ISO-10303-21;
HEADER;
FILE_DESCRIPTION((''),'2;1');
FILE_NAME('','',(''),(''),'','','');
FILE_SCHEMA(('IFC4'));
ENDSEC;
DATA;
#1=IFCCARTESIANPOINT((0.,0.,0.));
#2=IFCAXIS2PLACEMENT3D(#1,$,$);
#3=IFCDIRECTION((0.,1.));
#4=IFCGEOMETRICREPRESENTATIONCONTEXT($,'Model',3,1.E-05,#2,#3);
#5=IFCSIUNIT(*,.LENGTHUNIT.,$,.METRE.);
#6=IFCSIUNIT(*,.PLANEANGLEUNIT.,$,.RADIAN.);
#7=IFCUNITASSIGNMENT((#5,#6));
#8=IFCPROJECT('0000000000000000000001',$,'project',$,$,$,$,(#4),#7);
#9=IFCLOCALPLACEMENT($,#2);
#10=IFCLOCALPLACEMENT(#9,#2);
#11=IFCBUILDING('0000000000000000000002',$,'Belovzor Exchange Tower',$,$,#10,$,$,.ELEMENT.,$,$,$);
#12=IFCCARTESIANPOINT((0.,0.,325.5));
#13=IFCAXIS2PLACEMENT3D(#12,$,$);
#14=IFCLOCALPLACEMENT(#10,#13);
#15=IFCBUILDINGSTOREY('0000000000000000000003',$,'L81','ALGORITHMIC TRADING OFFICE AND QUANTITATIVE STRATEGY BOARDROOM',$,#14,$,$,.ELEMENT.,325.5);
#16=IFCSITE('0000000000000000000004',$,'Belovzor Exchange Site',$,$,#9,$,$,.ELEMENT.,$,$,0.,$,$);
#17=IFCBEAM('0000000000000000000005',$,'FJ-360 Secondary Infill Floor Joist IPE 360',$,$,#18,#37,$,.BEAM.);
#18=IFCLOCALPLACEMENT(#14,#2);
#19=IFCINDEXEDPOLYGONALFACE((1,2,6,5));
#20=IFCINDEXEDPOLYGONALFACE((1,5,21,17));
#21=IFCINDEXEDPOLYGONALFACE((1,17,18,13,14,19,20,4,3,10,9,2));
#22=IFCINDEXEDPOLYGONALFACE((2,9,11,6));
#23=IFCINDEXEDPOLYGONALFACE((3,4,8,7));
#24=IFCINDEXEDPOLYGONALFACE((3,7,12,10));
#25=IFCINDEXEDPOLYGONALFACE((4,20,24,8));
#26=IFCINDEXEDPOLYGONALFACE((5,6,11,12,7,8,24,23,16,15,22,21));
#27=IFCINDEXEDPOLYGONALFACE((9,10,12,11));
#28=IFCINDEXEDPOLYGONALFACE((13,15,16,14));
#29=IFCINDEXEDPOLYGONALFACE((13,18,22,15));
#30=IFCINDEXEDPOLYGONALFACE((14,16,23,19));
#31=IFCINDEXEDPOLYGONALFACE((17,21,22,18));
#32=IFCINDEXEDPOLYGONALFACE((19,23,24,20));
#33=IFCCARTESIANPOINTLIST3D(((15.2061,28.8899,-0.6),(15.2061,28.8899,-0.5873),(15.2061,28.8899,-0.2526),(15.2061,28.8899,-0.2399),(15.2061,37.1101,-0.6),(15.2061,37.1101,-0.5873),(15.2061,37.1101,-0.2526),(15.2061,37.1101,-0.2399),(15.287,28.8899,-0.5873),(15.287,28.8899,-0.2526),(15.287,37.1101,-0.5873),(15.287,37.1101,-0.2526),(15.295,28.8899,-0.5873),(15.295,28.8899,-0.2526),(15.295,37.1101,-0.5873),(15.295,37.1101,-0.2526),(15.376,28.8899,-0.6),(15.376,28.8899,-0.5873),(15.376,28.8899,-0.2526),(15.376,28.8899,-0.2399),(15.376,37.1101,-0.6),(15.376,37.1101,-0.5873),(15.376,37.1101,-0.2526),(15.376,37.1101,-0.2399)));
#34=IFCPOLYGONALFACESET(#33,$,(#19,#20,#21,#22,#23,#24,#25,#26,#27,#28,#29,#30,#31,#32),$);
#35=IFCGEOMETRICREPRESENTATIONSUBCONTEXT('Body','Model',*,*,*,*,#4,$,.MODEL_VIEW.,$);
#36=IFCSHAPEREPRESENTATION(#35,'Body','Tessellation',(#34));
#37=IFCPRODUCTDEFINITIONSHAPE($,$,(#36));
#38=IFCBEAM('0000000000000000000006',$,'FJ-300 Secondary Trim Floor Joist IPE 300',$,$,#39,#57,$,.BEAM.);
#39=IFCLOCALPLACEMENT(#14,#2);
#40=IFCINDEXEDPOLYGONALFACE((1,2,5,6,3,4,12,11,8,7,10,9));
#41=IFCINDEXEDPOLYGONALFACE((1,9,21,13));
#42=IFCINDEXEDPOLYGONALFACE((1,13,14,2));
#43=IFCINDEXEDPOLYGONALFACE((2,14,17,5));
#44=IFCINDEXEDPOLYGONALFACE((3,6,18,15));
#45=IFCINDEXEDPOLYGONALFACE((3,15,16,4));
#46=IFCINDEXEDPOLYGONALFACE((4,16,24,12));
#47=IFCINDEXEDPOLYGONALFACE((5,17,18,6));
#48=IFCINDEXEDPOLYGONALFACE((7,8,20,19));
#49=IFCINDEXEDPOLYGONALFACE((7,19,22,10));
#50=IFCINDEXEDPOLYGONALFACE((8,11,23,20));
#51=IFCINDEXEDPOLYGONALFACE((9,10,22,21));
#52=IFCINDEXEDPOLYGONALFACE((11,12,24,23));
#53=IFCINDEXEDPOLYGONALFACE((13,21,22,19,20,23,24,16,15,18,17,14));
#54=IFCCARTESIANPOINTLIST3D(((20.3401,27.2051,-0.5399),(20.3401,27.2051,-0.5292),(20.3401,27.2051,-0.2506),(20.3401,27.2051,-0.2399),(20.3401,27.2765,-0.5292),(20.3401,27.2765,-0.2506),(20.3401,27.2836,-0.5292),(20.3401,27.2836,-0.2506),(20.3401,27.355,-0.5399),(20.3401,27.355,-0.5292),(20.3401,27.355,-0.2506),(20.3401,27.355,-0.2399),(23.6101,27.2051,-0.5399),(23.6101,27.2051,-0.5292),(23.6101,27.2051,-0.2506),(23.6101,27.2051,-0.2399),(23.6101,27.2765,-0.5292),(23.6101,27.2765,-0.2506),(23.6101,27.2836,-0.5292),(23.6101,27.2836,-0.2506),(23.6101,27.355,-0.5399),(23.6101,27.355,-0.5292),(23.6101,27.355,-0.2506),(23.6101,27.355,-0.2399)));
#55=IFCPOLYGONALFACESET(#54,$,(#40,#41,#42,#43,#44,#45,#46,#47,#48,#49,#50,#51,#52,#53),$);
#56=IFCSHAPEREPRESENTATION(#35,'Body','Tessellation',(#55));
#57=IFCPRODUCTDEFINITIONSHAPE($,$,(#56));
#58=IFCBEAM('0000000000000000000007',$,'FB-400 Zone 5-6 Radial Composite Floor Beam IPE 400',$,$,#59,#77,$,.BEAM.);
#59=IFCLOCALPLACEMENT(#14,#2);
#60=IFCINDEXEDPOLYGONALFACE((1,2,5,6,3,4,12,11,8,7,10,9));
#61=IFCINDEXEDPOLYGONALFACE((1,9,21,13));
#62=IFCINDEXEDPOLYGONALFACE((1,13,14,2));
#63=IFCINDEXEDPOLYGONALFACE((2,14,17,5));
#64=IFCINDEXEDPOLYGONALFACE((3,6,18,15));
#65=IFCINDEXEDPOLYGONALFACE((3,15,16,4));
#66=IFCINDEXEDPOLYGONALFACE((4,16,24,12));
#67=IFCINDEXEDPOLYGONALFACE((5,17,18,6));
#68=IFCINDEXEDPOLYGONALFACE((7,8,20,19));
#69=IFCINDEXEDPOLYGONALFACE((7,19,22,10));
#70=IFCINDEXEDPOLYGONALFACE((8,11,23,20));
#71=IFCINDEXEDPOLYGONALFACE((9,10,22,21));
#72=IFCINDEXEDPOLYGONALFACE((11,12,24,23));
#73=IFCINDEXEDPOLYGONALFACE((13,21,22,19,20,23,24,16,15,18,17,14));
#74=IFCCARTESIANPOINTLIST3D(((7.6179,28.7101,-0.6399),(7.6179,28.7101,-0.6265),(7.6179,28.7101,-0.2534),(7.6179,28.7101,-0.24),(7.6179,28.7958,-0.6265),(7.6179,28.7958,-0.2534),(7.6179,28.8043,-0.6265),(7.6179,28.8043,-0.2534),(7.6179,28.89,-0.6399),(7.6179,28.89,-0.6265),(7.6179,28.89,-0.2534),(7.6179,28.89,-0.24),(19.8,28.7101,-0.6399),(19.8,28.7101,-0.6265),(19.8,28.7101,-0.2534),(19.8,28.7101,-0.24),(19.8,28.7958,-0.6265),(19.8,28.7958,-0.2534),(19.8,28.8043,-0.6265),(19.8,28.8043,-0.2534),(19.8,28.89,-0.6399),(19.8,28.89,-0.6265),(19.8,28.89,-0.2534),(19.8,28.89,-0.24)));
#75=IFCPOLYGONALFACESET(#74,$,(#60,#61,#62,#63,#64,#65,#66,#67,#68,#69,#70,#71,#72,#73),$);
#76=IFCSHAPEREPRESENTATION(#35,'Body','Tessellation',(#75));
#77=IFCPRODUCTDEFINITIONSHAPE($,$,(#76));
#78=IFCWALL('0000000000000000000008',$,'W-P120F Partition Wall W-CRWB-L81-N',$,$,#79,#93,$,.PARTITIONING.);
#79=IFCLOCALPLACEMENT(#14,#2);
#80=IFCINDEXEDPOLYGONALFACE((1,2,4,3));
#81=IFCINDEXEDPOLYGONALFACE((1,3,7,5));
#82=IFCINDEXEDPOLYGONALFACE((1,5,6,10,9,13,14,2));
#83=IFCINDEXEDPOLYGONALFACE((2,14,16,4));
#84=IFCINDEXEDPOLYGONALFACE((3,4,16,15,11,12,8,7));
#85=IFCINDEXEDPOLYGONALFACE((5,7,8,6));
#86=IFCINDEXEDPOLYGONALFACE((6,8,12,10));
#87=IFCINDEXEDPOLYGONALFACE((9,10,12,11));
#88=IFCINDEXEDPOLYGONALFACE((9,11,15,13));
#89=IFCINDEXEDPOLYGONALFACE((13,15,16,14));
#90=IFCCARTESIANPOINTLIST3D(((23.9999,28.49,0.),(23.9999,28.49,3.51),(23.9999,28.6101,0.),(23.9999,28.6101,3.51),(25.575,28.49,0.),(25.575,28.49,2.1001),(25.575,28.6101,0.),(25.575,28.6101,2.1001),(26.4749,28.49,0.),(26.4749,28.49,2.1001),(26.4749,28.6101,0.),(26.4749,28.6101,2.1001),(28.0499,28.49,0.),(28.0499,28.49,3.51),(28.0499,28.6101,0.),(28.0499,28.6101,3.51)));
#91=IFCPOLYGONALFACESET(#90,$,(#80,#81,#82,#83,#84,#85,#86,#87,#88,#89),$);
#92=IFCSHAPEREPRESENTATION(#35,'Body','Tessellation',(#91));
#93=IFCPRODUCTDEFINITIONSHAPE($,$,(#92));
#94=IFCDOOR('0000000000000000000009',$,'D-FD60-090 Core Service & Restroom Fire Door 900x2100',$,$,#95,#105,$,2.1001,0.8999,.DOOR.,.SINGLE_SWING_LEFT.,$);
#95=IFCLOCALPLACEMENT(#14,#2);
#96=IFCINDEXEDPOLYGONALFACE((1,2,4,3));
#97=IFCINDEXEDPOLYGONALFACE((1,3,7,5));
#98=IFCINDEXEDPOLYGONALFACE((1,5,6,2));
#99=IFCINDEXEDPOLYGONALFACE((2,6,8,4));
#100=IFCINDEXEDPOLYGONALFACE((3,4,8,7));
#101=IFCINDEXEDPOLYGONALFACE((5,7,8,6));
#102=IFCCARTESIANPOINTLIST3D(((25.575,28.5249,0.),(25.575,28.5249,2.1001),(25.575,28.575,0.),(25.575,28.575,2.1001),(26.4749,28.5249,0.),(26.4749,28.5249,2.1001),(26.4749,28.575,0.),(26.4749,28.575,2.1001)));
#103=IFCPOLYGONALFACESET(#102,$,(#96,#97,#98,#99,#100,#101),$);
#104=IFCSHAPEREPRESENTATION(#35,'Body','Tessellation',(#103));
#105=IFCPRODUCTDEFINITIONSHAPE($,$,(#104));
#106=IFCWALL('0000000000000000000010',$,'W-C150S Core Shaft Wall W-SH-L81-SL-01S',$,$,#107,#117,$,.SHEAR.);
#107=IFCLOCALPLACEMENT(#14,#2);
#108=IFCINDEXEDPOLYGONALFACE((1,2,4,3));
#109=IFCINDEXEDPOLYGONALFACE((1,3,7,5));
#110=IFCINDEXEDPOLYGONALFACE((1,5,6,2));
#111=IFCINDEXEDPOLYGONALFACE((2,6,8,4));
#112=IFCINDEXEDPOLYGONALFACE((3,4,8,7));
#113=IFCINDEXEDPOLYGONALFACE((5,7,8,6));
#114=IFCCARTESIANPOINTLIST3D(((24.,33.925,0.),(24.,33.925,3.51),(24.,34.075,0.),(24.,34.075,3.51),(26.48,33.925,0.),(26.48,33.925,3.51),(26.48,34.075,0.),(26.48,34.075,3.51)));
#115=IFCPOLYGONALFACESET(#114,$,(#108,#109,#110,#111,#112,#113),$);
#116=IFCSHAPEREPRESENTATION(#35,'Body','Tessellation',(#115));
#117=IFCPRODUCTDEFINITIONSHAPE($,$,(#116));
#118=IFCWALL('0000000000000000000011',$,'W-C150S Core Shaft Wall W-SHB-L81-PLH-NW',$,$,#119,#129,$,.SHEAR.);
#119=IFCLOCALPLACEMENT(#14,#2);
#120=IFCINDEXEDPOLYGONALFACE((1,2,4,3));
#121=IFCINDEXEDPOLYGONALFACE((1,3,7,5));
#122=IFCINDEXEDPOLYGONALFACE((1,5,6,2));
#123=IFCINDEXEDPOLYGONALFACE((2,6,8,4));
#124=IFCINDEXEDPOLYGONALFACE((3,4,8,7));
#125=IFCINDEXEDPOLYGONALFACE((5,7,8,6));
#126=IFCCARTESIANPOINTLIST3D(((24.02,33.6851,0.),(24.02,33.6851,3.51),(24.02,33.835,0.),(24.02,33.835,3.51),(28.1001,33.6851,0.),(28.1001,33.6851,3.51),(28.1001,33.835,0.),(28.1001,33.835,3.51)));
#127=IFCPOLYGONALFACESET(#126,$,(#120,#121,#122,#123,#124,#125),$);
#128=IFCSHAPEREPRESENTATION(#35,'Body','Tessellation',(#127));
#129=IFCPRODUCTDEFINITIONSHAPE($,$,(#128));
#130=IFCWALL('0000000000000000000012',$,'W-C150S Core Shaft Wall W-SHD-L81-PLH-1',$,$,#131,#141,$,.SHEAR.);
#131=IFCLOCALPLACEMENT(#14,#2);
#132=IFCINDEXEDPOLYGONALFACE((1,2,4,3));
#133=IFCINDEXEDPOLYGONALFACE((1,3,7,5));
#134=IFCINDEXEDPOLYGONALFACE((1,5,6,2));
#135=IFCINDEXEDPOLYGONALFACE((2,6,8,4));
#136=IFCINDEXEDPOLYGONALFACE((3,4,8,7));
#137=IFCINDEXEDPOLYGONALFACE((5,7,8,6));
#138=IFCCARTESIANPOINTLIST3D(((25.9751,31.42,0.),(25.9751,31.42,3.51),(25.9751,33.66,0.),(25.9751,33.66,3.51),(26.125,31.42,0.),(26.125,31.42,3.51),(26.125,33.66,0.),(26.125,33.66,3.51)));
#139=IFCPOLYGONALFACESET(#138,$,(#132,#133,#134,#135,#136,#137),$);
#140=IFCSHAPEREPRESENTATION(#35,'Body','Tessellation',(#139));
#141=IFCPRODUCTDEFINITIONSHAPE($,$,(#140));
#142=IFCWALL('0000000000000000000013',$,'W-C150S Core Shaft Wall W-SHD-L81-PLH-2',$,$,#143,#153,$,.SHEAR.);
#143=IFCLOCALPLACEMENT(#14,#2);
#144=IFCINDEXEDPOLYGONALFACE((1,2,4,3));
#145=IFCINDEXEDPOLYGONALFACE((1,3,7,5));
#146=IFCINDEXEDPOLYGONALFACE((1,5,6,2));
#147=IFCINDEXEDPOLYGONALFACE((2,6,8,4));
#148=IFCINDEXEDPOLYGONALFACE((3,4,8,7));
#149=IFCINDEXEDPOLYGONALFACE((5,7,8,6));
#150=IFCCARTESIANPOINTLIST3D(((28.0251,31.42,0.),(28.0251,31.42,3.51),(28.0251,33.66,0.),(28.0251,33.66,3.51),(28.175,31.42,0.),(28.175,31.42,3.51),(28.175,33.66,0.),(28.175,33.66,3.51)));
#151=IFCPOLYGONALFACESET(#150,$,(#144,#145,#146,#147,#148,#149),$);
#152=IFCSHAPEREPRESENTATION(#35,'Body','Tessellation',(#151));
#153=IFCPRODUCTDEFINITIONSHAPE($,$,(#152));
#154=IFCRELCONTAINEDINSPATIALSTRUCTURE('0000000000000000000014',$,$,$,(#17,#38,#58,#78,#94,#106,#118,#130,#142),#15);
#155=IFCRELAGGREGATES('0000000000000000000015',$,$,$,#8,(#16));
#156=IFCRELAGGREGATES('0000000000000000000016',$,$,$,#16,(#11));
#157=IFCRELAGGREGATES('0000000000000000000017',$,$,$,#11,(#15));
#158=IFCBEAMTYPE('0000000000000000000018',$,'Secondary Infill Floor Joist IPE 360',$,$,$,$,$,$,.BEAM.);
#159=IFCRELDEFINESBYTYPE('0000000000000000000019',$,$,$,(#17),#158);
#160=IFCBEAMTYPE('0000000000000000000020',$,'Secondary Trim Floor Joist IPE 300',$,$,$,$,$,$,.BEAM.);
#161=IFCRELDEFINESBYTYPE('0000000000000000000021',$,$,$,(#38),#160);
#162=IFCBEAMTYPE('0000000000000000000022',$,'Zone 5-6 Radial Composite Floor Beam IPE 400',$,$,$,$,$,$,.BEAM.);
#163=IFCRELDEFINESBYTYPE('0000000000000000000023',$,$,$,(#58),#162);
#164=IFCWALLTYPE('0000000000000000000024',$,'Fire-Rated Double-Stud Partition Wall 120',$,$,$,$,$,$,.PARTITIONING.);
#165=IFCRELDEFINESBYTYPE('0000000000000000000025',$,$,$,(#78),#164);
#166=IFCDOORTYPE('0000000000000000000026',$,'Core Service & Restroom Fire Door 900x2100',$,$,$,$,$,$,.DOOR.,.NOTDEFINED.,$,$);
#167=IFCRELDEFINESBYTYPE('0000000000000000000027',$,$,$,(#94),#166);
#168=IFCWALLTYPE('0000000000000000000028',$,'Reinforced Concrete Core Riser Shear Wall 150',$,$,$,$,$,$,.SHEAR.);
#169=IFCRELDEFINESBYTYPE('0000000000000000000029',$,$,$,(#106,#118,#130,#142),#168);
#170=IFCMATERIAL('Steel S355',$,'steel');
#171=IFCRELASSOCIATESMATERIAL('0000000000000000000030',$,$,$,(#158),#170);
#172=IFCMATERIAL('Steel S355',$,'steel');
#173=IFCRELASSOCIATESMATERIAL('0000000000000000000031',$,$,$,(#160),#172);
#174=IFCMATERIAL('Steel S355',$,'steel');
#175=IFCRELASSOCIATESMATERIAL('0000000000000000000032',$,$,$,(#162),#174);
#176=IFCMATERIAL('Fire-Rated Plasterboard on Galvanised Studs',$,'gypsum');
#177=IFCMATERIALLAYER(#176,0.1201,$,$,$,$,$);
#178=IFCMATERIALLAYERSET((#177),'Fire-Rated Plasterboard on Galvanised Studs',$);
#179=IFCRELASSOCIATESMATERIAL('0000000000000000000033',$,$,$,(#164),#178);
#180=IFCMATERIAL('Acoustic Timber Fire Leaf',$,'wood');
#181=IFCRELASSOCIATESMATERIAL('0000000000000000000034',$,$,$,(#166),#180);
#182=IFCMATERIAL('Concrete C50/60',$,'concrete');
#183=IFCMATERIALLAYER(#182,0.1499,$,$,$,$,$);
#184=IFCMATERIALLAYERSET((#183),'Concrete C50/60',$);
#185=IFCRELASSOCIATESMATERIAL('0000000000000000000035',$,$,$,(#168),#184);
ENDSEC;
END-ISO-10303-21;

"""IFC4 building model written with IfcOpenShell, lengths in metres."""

from ifc_helpers import new_model, si_unit, direction, frame, frame_2d, origin, origin_2d, place, context, subcontext, project, spatial, rectangle, i_section, extrude, material, layer, layer_set, material_profile, profile_set, type_object, element, fill, save


model = new_model("IFC4")

# Units and contexts
model_context = context("Model", 3, precision=1e-05, world=origin(), true_north=direction((0.0, 1.0)))
body_context = subcontext(model_context, "Body", "Model", "MODEL_VIEW")
ifc_project = project(units=[si_unit("LENGTHUNIT", "METRE"), si_unit("PLANEANGLEUNIT", "RADIAN")], contexts=[model_context])

# Site, building, storey
site_placement = place(None, origin())
site = spatial("IfcSite", under=ifc_project, at=site_placement, Name="Belovzor Exchange Site", CompositionType="ELEMENT", RefElevation=0.0)
building_placement = place(site_placement, origin())
building = spatial("IfcBuilding", under=site, at=building_placement, Name="Belovzor Exchange Tower", CompositionType="ELEMENT")
storey_placement = place(building_placement, frame((0.0, 0.0, 325.5)))
storey = spatial("IfcBuildingStorey", under=building, at=storey_placement, Name="L81", Description="ALGORITHMIC TRADING OFFICE AND QUANTITATIVE STRATEGY BOARDROOM", CompositionType="ELEMENT", Elevation=325.5)

# Beams
ifc_material_1 = material(Name="Steel S355", Category="steel")
ifc_material_profile_1 = material_profile(ifc_material_1, i_section(OverallWidth=0.1699, OverallDepth=0.3601, WebThickness=0.0081, FlangeThickness=0.0127, at=origin_2d()))
ifc_profile_set_1 = profile_set([ifc_material_profile_1], Name="Steel S355")
beam_type_1 = type_object("IfcBeamType", Name="Secondary Infill Floor Joist IPE 360", PredefinedType="BEAM", material=ifc_profile_set_1)
beam_1_placement = place(storey_placement, frame((15.291, 28.8899, -0.4199), z_axis=(0.0, 1.0, 0.0), x_axis=(-1.0, 0.0, 0.0)))
element("IfcBeam", 1, at=beam_1_placement, inside=storey, type_object=beam_type_1, Name="FJ-360 Secondary Infill Floor Joist IPE 360", PredefinedType="BEAM", context=body_context, shape_type="SweptSolid", body=[
    extrude(i_section(OverallWidth=0.1699, OverallDepth=0.3601, WebThickness=0.0081, FlangeThickness=0.0127, at=origin_2d()), origin(), (0.0, 0.0, 1.0), 8.2202),
])
ifc_material_2 = material(Name="Steel S355", Category="steel")
ifc_material_profile_2 = material_profile(ifc_material_2, i_section(OverallWidth=0.1499, OverallDepth=0.3, WebThickness=0.0071, FlangeThickness=0.0107, at=origin_2d()))
ifc_profile_set_2 = profile_set([ifc_material_profile_2], Name="Steel S355")
beam_type_2 = type_object("IfcBeamType", Name="Secondary Trim Floor Joist IPE 300", PredefinedType="BEAM", material=ifc_profile_set_2)
beam_2_placement = place(storey_placement, frame((20.3401, 27.28, -0.3899), z_axis=(1.0, 0.0, 0.0), x_axis=(0.0, 1.0, 0.0)))
element("IfcBeam", 2, at=beam_2_placement, inside=storey, type_object=beam_type_2, Name="FJ-300 Secondary Trim Floor Joist IPE 300", PredefinedType="BEAM", context=body_context, shape_type="SweptSolid", body=[
    extrude(i_section(OverallWidth=0.1499, OverallDepth=0.3, WebThickness=0.0071, FlangeThickness=0.0107, at=origin_2d()), origin(), (0.0, 0.0, 1.0), 3.27),
])
ifc_material_3 = material(Name="Steel S355", Category="steel")
ifc_material_profile_3 = material_profile(ifc_material_3, i_section(OverallWidth=0.1799, OverallDepth=0.3999, WebThickness=0.0085, FlangeThickness=0.0134, at=origin_2d()))
ifc_profile_set_3 = profile_set([ifc_material_profile_3], Name="Steel S355")
beam_type_3 = type_object("IfcBeamType", Name="Zone 5-6 Radial Composite Floor Beam IPE 400", PredefinedType="BEAM", material=ifc_profile_set_3)
beam_3_placement = place(storey_placement, frame((19.8, 28.8, -0.4399), z_axis=(-1.0, 0.0, 0.0), x_axis=(0.0, -1.0, 0.0)))
element("IfcBeam", 3, at=beam_3_placement, inside=storey, type_object=beam_type_3, Name="FB-400 Zone 5-6 Radial Composite Floor Beam IPE 400", PredefinedType="BEAM", context=body_context, shape_type="SweptSolid", body=[
    extrude(i_section(OverallWidth=0.1799, OverallDepth=0.3999, WebThickness=0.0085, FlangeThickness=0.0134, at=origin_2d()), origin(), (0.0, 0.0, 1.0), 12.1821),
])

# Wall, opening, door
ifc_material_4 = material(Name="Fire-Rated Plasterboard on Galvanised Studs", Category="gypsum")
ifc_layer_1 = layer(ifc_material_4, 0.1201)
ifc_layer_set_1 = layer_set([ifc_layer_1], Name="Fire-Rated Plasterboard on Galvanised Studs")
wall_type_1 = type_object("IfcWallType", Name="Fire-Rated Double-Stud Partition Wall 120", PredefinedType="PARTITIONING", material=ifc_layer_set_1)
wall_1_placement = place(storey_placement, frame((24.0, 28.55, 0.0), z_axis=(0.0, 0.0, 1.0), x_axis=(1.0, 0.0, 0.0)))
wall_1 = element("IfcWall", 4, at=wall_1_placement, inside=storey, type_object=wall_type_1, Name="W-P120F Partition Wall W-CRWB-L81-N", PredefinedType="PARTITIONING", context=body_context, shape_type="SweptSolid", body=[
    extrude(rectangle(XDim=4.05, YDim=0.1201, at=frame_2d((2.0249, 0.0))), origin(), (0.0, 0.0, 1.0), 3.51),
])
opening_1_placement = place(wall_1_placement, frame((1.575, 0.0, 0.0)))
opening_1 = element("IfcOpeningElement", 5, at=opening_1_placement, cuts=wall_1, PredefinedType="OPENING", context=body_context, shape_type="SweptSolid", body=[
    extrude(rectangle(XDim=0.8999, YDim=2.1001, at=frame_2d((0.45, 1.05))), frame((0.0, 0.0701, 0.0), z_axis=(0.0, -1.0, 0.0), x_axis=(1.0, 0.0, 0.0)), (0.0, 0.0, 1.0), 0.1401),
])
ifc_material_5 = material(Name="Acoustic Timber Fire Leaf", Category="wood")
door_type_1 = type_object("IfcDoorType", Name="Core Service & Restroom Fire Door 900x2100", OperationType="NOTDEFINED", PredefinedType="DOOR", material=ifc_material_5)
door_1_placement = place(opening_1_placement, origin())
door_1 = element("IfcDoor", 6, at=door_1_placement, inside=storey, type_object=door_type_1, Name="D-FD60-090 Core Service & Restroom Fire Door 900x2100", OperationType="SINGLE_SWING_LEFT", OverallHeight=2.1001, OverallWidth=0.8999, PredefinedType="DOOR", context=body_context, shape_type="SweptSolid", body=[
    extrude(rectangle(XDim=0.8999, YDim=2.1001, at=frame_2d((0.45, 1.05))), frame((0.0, 0.0249, 0.0), z_axis=(0.0, -1.0, 0.0), x_axis=(1.0, 0.0, 0.0)), (0.0, 0.0, 1.0), 0.05),
])
fill(opening_1, door_1)

# Walls
ifc_material_6 = material(Name="Concrete C50/60", Category="concrete")
ifc_layer_2 = layer(ifc_material_6, 0.1499)
ifc_layer_set_2 = layer_set([ifc_layer_2], Name="Concrete C50/60")
wall_type_2 = type_object("IfcWallType", Name="Reinforced Concrete Core Riser Shear Wall 150", PredefinedType="SHEAR", material=ifc_layer_set_2)
wall_2_placement = place(storey_placement, frame((24.0, 34.0, 0.0), z_axis=(0.0, 0.0, 1.0), x_axis=(1.0, 0.0, 0.0)))
element("IfcWall", 7, at=wall_2_placement, inside=storey, type_object=wall_type_2, Name="W-C150S Core Shaft Wall W-SH-L81-SL-01S", PredefinedType="SHEAR", context=body_context, shape_type="SweptSolid", body=[
    extrude(rectangle(XDim=2.48, YDim=0.1499, at=frame_2d((1.24, 0.0))), origin(), (0.0, 0.0, 1.0), 3.51),
])
wall_3_placement = place(storey_placement, frame((24.02, 33.76, 0.0), z_axis=(0.0, 0.0, 1.0), x_axis=(1.0, 0.0, 0.0)))
element("IfcWall", 8, at=wall_3_placement, inside=storey, type_object=wall_type_2, Name="W-C150S Core Shaft Wall W-SHB-L81-PLH-NW", PredefinedType="SHEAR", context=body_context, shape_type="SweptSolid", body=[
    extrude(rectangle(XDim=4.0801, YDim=0.1499, at=frame_2d((2.04, 0.0))), origin(), (0.0, 0.0, 1.0), 3.51),
])
for number, where, z_axis, x_axis, name in (
    (9, (26.05, 31.4199, 0.0), (0.0, 0.0, 1.0), (0.0, 1.0, 0.0), "W-C150S Core Shaft Wall W-SHD-L81-PLH-1"),
    (10, (28.1001, 31.4199, 0.0), (0.0, 0.0, 1.0), (0.0, 1.0, 0.0), "W-C150S Core Shaft Wall W-SHD-L81-PLH-2"),
):
    element("IfcWall", number, at=place(storey_placement, frame(where, z_axis=z_axis, x_axis=x_axis)), inside=storey, type_object=wall_type_2, Name=name, PredefinedType="SHEAR", context=body_context, shape_type="SweptSolid", body=[
        extrude(rectangle(XDim=2.24, YDim=0.1499, at=frame_2d((1.1201, 0.0))), origin(), (0.0, 0.0, 1.0), 3.51),
    ])

save(model, "model.ifc")
